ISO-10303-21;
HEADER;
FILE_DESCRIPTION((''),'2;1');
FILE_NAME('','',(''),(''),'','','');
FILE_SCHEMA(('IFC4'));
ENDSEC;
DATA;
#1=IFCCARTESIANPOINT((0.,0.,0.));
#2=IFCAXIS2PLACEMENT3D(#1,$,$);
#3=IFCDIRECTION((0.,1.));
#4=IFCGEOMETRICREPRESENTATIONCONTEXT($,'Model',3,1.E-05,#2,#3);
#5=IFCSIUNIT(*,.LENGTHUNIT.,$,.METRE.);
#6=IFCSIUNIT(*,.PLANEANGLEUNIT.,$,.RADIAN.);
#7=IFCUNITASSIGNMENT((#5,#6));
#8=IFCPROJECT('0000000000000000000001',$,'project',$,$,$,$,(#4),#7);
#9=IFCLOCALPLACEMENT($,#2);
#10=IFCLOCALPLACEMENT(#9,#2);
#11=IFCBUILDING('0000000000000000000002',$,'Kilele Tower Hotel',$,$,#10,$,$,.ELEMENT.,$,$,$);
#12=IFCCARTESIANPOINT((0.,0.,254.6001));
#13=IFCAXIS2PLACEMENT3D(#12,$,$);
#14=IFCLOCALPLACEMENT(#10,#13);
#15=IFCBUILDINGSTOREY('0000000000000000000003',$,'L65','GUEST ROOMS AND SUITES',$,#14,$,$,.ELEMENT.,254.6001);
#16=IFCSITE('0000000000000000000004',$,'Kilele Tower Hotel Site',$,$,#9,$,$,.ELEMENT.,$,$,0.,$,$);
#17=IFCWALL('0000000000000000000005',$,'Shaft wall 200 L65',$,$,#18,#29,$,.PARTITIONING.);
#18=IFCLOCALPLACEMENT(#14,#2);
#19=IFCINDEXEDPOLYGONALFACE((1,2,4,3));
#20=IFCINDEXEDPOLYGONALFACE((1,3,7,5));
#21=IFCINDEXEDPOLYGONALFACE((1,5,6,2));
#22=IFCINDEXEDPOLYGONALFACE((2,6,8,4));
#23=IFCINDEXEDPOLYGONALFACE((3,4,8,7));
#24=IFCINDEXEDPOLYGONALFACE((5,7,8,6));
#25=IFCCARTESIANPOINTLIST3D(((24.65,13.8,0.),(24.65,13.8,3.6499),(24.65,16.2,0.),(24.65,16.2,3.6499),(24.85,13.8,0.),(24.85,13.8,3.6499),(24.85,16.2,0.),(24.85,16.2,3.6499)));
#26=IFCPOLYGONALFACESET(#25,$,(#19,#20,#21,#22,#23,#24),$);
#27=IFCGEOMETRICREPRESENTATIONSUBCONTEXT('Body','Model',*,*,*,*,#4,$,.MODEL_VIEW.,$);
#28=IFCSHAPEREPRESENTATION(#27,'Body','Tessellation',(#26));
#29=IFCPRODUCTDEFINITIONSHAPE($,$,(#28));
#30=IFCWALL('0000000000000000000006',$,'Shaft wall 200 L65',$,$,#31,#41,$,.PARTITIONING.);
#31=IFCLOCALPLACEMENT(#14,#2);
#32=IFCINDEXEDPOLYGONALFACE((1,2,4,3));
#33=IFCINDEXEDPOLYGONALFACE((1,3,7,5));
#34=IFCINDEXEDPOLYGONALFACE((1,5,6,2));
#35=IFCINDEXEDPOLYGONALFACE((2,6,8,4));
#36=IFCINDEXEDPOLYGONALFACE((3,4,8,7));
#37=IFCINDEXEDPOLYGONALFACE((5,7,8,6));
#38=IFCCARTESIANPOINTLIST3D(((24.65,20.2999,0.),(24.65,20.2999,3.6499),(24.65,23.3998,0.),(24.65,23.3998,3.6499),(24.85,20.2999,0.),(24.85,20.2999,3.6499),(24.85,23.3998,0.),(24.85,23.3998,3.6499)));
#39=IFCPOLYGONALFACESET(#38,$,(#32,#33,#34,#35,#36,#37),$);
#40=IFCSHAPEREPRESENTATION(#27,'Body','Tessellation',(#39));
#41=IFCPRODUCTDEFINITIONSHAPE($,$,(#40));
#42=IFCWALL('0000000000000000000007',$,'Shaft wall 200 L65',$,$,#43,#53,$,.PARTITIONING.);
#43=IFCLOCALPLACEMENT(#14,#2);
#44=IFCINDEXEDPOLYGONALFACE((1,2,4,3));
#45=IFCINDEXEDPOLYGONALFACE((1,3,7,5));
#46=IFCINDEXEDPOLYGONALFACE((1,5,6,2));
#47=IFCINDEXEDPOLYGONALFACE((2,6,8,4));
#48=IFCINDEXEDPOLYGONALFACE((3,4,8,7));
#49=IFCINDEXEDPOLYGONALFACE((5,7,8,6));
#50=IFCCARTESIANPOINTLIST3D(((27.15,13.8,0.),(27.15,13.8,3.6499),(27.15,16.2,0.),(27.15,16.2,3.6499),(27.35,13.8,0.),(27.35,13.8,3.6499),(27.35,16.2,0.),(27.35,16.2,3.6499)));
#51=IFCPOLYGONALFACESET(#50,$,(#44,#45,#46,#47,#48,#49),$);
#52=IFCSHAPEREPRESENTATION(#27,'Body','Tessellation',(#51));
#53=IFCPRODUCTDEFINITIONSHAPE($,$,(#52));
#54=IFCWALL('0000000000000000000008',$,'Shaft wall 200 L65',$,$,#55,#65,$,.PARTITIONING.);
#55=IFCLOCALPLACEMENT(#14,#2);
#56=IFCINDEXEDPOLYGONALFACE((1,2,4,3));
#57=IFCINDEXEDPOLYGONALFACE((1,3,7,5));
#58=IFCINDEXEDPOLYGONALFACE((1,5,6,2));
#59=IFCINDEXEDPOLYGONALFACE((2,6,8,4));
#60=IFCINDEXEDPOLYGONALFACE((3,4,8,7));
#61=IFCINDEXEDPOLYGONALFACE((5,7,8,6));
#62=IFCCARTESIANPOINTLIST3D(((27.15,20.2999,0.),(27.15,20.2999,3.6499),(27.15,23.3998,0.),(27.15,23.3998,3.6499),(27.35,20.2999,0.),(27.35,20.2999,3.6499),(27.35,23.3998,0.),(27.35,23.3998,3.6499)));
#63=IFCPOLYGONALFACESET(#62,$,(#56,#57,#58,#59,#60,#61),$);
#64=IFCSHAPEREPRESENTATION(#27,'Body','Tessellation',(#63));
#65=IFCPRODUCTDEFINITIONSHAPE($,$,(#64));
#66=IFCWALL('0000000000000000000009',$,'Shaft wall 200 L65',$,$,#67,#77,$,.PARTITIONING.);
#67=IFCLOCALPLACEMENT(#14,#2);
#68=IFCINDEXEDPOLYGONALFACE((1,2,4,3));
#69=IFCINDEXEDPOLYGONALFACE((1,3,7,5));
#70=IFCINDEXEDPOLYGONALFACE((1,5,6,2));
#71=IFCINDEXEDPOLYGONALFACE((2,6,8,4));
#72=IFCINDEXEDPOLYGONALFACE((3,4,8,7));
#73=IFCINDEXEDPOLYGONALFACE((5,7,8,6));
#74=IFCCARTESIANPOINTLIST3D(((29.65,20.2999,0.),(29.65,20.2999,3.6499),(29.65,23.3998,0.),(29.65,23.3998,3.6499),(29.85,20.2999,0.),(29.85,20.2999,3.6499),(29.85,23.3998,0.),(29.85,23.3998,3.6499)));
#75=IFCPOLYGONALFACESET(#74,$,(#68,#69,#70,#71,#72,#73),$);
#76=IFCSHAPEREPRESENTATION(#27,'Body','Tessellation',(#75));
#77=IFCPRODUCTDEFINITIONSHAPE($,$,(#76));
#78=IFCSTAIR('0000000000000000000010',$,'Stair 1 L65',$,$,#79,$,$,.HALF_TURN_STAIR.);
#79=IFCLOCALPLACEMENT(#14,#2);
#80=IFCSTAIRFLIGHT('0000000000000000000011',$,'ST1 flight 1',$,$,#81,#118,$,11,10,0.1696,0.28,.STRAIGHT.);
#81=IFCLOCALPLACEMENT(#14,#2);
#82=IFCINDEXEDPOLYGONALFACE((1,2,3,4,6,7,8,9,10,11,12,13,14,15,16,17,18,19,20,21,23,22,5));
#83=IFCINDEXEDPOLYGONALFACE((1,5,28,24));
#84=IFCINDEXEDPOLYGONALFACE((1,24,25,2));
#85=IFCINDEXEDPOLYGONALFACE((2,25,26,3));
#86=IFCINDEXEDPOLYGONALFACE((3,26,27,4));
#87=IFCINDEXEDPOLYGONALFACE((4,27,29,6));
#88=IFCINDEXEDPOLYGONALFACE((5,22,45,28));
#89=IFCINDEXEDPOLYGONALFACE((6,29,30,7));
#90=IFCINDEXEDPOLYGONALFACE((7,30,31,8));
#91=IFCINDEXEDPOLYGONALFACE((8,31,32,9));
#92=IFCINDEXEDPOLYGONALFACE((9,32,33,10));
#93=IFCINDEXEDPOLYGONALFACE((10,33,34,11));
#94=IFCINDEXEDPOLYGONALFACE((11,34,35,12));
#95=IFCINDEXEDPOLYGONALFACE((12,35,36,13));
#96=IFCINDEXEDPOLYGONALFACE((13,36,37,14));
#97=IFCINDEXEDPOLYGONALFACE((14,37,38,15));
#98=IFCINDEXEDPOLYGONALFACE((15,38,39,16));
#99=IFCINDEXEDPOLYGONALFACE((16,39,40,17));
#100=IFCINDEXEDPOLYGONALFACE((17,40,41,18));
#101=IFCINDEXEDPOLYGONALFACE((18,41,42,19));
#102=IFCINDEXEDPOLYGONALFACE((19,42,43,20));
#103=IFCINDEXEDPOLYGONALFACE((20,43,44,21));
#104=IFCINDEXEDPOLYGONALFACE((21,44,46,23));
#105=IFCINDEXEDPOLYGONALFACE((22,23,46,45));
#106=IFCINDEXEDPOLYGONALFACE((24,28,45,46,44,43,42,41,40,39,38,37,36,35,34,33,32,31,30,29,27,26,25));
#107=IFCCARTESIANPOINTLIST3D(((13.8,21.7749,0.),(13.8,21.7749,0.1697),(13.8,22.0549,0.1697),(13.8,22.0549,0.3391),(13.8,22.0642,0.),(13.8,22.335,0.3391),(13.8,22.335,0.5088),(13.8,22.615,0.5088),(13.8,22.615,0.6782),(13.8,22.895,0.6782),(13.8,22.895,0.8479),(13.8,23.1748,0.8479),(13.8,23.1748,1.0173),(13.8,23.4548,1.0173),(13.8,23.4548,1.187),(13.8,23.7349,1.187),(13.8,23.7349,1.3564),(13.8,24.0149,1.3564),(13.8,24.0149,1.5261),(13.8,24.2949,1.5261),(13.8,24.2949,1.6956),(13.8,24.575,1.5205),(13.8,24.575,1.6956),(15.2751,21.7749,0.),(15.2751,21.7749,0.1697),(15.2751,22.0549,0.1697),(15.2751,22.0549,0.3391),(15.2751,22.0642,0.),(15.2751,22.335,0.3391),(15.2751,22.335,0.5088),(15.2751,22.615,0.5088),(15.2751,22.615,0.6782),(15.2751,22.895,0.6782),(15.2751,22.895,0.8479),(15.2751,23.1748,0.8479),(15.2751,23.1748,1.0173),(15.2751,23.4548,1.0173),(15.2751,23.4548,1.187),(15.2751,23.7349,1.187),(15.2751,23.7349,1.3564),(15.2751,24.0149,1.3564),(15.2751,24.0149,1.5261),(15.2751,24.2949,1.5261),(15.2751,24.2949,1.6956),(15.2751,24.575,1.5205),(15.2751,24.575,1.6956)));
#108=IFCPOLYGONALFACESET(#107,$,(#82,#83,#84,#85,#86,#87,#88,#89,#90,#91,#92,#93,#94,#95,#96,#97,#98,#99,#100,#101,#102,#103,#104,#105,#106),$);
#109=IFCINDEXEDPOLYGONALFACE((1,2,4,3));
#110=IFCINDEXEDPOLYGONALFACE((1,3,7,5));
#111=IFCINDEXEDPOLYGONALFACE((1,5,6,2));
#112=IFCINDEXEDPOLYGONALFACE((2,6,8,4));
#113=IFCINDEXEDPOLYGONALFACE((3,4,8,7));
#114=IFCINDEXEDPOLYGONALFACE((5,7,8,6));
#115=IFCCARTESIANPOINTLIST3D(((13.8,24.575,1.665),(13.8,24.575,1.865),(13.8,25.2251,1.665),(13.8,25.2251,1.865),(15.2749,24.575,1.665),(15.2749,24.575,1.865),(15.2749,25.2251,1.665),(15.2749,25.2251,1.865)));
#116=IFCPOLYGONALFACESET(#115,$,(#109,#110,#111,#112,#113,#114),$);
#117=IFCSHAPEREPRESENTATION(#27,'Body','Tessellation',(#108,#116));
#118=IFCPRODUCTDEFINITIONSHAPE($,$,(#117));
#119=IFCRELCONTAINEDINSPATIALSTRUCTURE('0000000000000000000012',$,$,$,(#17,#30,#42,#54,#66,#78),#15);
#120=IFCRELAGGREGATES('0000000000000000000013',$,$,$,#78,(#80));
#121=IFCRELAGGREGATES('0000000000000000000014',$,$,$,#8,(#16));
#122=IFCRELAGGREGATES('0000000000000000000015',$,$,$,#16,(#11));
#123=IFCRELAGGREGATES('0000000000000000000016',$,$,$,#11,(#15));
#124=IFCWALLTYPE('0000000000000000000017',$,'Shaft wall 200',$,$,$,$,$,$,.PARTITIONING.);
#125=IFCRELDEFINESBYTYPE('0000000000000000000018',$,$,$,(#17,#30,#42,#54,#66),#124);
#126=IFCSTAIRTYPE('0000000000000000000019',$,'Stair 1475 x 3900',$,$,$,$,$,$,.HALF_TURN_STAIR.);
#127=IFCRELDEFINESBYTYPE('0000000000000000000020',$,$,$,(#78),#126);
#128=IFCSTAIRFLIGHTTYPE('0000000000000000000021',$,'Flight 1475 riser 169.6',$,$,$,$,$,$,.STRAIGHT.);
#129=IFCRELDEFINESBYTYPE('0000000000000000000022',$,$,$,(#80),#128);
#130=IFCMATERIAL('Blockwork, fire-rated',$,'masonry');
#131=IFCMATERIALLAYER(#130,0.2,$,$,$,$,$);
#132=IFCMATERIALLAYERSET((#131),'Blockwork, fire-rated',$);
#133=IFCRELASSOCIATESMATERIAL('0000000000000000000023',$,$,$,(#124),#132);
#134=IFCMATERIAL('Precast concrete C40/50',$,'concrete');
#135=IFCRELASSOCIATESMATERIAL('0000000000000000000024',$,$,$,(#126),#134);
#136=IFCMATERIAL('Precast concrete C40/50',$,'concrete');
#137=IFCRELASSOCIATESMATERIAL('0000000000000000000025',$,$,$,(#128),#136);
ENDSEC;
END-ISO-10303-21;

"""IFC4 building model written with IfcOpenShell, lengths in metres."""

from ifc_helpers import new_model, si_unit, direction, frame, frame_2d, origin, place, context, subcontext, project, spatial, polyline, rectangle, outline, extrude, material, layer, layer_set, type_object, element, aggregate, save


model = new_model("IFC4")

# Units and contexts
model_context = context("Model", 3, precision=1e-05, world=origin(), true_north=direction((0.0, 1.0)))
body_context = subcontext(model_context, "Body", "Model", "MODEL_VIEW")
ifc_project = project(units=[si_unit("LENGTHUNIT", "METRE"), si_unit("PLANEANGLEUNIT", "RADIAN")], contexts=[model_context])

# Site, building, storey
site_placement = place(None, origin())
site = spatial("IfcSite", under=ifc_project, at=site_placement, Name="Kilele Tower Hotel Site", CompositionType="ELEMENT", RefElevation=0.0)
building_placement = place(site_placement, origin())
building = spatial("IfcBuilding", under=site, at=building_placement, Name="Kilele Tower Hotel", CompositionType="ELEMENT")
storey_placement = place(building_placement, frame((0.0, 0.0, 254.6001)))
storey = spatial("IfcBuildingStorey", under=building, at=storey_placement, Name="L65", Description="GUEST ROOMS AND SUITES", CompositionType="ELEMENT", Elevation=254.6001)

# Walls
ifc_material_1 = material(Name="Blockwork, fire-rated", Category="masonry")
ifc_layer_1 = layer(ifc_material_1, 0.2)
ifc_layer_set_1 = layer_set([ifc_layer_1], Name="Blockwork, fire-rated")
wall_type_1 = type_object("IfcWallType", Name="Shaft wall 200", PredefinedType="PARTITIONING", material=ifc_layer_set_1)
wall_1_placement = place(storey_placement, frame((24.75, 13.8, 0.0), z_axis=(0.0, 0.0, 1.0), x_axis=(0.0, 1.0, 0.0)))
element("IfcWall", 1, at=wall_1_placement, inside=storey, type_object=wall_type_1, Name="Shaft wall 200 L65", PredefinedType="PARTITIONING", context=body_context, shape_type="SweptSolid", body=[
    extrude(rectangle(XDim=2.3999, YDim=0.2, at=frame_2d((1.2, 0.0))), origin(), (0.0, 0.0, 1.0), 3.6499),
])
wall_2_placement = place(storey_placement, frame((24.75, 20.3, 0.0), z_axis=(0.0, 0.0, 1.0), x_axis=(0.0, 1.0, 0.0)))
element("IfcWall", 2, at=wall_2_placement, inside=storey, type_object=wall_type_1, Name="Shaft wall 200 L65", PredefinedType="PARTITIONING", context=body_context, shape_type="SweptSolid", body=[
    extrude(rectangle(XDim=3.0999, YDim=0.2, at=frame_2d((1.5498, 0.0))), origin(), (0.0, 0.0, 1.0), 3.6499),
])
wall_3_placement = place(storey_placement, frame((27.25, 13.8, 0.0), z_axis=(0.0, 0.0, 1.0), x_axis=(0.0, 1.0, 0.0)))
element("IfcWall", 3, at=wall_3_placement, inside=storey, type_object=wall_type_1, Name="Shaft wall 200 L65", PredefinedType="PARTITIONING", context=body_context, shape_type="SweptSolid", body=[
    extrude(rectangle(XDim=2.3999, YDim=0.2, at=frame_2d((1.2, 0.0))), origin(), (0.0, 0.0, 1.0), 3.6499),
])
for number, where, z_axis, x_axis, name in (
    (4, (27.25, 20.3, 0.0), (0.0, 0.0, 1.0), (0.0, 1.0, 0.0), "Shaft wall 200 L65"),
    (5, (29.75, 20.3, 0.0), (0.0, 0.0, 1.0), (0.0, 1.0, 0.0), "Shaft wall 200 L65"),
):
    element("IfcWall", number, at=place(storey_placement, frame(where, z_axis=z_axis, x_axis=x_axis)), inside=storey, type_object=wall_type_1, Name=name, PredefinedType="PARTITIONING", context=body_context, shape_type="SweptSolid", body=[
        extrude(rectangle(XDim=3.0999, YDim=0.2, at=frame_2d((1.5498, 0.0))), origin(), (0.0, 0.0, 1.0), 3.6499),
    ])

# Stair, stair flight
ifc_material_2 = material(Name="Precast concrete C40/50", Category="concrete")
stair_type = type_object("IfcStairType", Name="Stair 1475 x 3900", PredefinedType="HALF_TURN_STAIR", material=ifc_material_2)
stair_placement = place(storey_placement, origin())
stair = element("IfcStair", 6, at=stair_placement, inside=storey, type_object=stair_type, Name="Stair 1 L65", PredefinedType="HALF_TURN_STAIR")
ifc_material_3 = material(Name="Precast concrete C40/50", Category="concrete")
stair_flight_type = type_object("IfcStairFlightType", Name="Flight 1475 riser 169.6", PredefinedType="STRAIGHT", material=ifc_material_3)
stair_flight_placement = place(storey_placement, frame((14.5376, 21.7749, 0.0), z_axis=(0.0, 0.0, 1.0), x_axis=(0.0, 1.0, 0.0)))
stair_flight = element("IfcStairFlight", 7, at=stair_flight_placement, type_object=stair_flight_type, Name="ST1 flight 1", NumberOfRisers=11, NumberOfTreads=10, PredefinedType="STRAIGHT", RiserHeight=0.1696, TreadLength=0.28, context=body_context, shape_type="SweptSolid", body=[
    extrude(outline(polyline([(0.0, 0.0), (0.0, 0.1697), (0.28, 0.1697), (0.28, 0.3391), (0.5601, 0.3391), (0.5601, 0.5088), (0.8401, 0.5088), (0.8401, 0.6782), (1.1201, 0.6782), (1.1201, 0.8479), (1.3999, 0.8479), (1.3999, 1.0173), (1.6799, 1.0173), (1.6799, 1.187), (1.96, 1.187), (1.96, 1.3564), (2.24, 1.3564), (2.24, 1.5261), (2.52, 1.5261), (2.52, 1.6956), (2.8, 1.6956), (2.8, 1.8652), (2.8, 1.5205), (0.2893, 0.0), (0.0, 0.0)])), frame((0.0, 0.7375, 0.0), z_axis=(0.0, -1.0, 0.0), x_axis=(1.0, 0.0, 0.0)), (0.0, 0.0, 1.0), 1.4751),
    extrude(outline(polyline([(2.8, 0.7375), (2.8, -0.7373), (3.4502, -0.7373), (3.4502, 0.7375), (2.8, 0.7375)])), frame((0.0, 0.0, 1.665)), (0.0, 0.0, 1.0), 0.2),
])
aggregate(stair, [stair_flight])

save(model, "model.ifc")
